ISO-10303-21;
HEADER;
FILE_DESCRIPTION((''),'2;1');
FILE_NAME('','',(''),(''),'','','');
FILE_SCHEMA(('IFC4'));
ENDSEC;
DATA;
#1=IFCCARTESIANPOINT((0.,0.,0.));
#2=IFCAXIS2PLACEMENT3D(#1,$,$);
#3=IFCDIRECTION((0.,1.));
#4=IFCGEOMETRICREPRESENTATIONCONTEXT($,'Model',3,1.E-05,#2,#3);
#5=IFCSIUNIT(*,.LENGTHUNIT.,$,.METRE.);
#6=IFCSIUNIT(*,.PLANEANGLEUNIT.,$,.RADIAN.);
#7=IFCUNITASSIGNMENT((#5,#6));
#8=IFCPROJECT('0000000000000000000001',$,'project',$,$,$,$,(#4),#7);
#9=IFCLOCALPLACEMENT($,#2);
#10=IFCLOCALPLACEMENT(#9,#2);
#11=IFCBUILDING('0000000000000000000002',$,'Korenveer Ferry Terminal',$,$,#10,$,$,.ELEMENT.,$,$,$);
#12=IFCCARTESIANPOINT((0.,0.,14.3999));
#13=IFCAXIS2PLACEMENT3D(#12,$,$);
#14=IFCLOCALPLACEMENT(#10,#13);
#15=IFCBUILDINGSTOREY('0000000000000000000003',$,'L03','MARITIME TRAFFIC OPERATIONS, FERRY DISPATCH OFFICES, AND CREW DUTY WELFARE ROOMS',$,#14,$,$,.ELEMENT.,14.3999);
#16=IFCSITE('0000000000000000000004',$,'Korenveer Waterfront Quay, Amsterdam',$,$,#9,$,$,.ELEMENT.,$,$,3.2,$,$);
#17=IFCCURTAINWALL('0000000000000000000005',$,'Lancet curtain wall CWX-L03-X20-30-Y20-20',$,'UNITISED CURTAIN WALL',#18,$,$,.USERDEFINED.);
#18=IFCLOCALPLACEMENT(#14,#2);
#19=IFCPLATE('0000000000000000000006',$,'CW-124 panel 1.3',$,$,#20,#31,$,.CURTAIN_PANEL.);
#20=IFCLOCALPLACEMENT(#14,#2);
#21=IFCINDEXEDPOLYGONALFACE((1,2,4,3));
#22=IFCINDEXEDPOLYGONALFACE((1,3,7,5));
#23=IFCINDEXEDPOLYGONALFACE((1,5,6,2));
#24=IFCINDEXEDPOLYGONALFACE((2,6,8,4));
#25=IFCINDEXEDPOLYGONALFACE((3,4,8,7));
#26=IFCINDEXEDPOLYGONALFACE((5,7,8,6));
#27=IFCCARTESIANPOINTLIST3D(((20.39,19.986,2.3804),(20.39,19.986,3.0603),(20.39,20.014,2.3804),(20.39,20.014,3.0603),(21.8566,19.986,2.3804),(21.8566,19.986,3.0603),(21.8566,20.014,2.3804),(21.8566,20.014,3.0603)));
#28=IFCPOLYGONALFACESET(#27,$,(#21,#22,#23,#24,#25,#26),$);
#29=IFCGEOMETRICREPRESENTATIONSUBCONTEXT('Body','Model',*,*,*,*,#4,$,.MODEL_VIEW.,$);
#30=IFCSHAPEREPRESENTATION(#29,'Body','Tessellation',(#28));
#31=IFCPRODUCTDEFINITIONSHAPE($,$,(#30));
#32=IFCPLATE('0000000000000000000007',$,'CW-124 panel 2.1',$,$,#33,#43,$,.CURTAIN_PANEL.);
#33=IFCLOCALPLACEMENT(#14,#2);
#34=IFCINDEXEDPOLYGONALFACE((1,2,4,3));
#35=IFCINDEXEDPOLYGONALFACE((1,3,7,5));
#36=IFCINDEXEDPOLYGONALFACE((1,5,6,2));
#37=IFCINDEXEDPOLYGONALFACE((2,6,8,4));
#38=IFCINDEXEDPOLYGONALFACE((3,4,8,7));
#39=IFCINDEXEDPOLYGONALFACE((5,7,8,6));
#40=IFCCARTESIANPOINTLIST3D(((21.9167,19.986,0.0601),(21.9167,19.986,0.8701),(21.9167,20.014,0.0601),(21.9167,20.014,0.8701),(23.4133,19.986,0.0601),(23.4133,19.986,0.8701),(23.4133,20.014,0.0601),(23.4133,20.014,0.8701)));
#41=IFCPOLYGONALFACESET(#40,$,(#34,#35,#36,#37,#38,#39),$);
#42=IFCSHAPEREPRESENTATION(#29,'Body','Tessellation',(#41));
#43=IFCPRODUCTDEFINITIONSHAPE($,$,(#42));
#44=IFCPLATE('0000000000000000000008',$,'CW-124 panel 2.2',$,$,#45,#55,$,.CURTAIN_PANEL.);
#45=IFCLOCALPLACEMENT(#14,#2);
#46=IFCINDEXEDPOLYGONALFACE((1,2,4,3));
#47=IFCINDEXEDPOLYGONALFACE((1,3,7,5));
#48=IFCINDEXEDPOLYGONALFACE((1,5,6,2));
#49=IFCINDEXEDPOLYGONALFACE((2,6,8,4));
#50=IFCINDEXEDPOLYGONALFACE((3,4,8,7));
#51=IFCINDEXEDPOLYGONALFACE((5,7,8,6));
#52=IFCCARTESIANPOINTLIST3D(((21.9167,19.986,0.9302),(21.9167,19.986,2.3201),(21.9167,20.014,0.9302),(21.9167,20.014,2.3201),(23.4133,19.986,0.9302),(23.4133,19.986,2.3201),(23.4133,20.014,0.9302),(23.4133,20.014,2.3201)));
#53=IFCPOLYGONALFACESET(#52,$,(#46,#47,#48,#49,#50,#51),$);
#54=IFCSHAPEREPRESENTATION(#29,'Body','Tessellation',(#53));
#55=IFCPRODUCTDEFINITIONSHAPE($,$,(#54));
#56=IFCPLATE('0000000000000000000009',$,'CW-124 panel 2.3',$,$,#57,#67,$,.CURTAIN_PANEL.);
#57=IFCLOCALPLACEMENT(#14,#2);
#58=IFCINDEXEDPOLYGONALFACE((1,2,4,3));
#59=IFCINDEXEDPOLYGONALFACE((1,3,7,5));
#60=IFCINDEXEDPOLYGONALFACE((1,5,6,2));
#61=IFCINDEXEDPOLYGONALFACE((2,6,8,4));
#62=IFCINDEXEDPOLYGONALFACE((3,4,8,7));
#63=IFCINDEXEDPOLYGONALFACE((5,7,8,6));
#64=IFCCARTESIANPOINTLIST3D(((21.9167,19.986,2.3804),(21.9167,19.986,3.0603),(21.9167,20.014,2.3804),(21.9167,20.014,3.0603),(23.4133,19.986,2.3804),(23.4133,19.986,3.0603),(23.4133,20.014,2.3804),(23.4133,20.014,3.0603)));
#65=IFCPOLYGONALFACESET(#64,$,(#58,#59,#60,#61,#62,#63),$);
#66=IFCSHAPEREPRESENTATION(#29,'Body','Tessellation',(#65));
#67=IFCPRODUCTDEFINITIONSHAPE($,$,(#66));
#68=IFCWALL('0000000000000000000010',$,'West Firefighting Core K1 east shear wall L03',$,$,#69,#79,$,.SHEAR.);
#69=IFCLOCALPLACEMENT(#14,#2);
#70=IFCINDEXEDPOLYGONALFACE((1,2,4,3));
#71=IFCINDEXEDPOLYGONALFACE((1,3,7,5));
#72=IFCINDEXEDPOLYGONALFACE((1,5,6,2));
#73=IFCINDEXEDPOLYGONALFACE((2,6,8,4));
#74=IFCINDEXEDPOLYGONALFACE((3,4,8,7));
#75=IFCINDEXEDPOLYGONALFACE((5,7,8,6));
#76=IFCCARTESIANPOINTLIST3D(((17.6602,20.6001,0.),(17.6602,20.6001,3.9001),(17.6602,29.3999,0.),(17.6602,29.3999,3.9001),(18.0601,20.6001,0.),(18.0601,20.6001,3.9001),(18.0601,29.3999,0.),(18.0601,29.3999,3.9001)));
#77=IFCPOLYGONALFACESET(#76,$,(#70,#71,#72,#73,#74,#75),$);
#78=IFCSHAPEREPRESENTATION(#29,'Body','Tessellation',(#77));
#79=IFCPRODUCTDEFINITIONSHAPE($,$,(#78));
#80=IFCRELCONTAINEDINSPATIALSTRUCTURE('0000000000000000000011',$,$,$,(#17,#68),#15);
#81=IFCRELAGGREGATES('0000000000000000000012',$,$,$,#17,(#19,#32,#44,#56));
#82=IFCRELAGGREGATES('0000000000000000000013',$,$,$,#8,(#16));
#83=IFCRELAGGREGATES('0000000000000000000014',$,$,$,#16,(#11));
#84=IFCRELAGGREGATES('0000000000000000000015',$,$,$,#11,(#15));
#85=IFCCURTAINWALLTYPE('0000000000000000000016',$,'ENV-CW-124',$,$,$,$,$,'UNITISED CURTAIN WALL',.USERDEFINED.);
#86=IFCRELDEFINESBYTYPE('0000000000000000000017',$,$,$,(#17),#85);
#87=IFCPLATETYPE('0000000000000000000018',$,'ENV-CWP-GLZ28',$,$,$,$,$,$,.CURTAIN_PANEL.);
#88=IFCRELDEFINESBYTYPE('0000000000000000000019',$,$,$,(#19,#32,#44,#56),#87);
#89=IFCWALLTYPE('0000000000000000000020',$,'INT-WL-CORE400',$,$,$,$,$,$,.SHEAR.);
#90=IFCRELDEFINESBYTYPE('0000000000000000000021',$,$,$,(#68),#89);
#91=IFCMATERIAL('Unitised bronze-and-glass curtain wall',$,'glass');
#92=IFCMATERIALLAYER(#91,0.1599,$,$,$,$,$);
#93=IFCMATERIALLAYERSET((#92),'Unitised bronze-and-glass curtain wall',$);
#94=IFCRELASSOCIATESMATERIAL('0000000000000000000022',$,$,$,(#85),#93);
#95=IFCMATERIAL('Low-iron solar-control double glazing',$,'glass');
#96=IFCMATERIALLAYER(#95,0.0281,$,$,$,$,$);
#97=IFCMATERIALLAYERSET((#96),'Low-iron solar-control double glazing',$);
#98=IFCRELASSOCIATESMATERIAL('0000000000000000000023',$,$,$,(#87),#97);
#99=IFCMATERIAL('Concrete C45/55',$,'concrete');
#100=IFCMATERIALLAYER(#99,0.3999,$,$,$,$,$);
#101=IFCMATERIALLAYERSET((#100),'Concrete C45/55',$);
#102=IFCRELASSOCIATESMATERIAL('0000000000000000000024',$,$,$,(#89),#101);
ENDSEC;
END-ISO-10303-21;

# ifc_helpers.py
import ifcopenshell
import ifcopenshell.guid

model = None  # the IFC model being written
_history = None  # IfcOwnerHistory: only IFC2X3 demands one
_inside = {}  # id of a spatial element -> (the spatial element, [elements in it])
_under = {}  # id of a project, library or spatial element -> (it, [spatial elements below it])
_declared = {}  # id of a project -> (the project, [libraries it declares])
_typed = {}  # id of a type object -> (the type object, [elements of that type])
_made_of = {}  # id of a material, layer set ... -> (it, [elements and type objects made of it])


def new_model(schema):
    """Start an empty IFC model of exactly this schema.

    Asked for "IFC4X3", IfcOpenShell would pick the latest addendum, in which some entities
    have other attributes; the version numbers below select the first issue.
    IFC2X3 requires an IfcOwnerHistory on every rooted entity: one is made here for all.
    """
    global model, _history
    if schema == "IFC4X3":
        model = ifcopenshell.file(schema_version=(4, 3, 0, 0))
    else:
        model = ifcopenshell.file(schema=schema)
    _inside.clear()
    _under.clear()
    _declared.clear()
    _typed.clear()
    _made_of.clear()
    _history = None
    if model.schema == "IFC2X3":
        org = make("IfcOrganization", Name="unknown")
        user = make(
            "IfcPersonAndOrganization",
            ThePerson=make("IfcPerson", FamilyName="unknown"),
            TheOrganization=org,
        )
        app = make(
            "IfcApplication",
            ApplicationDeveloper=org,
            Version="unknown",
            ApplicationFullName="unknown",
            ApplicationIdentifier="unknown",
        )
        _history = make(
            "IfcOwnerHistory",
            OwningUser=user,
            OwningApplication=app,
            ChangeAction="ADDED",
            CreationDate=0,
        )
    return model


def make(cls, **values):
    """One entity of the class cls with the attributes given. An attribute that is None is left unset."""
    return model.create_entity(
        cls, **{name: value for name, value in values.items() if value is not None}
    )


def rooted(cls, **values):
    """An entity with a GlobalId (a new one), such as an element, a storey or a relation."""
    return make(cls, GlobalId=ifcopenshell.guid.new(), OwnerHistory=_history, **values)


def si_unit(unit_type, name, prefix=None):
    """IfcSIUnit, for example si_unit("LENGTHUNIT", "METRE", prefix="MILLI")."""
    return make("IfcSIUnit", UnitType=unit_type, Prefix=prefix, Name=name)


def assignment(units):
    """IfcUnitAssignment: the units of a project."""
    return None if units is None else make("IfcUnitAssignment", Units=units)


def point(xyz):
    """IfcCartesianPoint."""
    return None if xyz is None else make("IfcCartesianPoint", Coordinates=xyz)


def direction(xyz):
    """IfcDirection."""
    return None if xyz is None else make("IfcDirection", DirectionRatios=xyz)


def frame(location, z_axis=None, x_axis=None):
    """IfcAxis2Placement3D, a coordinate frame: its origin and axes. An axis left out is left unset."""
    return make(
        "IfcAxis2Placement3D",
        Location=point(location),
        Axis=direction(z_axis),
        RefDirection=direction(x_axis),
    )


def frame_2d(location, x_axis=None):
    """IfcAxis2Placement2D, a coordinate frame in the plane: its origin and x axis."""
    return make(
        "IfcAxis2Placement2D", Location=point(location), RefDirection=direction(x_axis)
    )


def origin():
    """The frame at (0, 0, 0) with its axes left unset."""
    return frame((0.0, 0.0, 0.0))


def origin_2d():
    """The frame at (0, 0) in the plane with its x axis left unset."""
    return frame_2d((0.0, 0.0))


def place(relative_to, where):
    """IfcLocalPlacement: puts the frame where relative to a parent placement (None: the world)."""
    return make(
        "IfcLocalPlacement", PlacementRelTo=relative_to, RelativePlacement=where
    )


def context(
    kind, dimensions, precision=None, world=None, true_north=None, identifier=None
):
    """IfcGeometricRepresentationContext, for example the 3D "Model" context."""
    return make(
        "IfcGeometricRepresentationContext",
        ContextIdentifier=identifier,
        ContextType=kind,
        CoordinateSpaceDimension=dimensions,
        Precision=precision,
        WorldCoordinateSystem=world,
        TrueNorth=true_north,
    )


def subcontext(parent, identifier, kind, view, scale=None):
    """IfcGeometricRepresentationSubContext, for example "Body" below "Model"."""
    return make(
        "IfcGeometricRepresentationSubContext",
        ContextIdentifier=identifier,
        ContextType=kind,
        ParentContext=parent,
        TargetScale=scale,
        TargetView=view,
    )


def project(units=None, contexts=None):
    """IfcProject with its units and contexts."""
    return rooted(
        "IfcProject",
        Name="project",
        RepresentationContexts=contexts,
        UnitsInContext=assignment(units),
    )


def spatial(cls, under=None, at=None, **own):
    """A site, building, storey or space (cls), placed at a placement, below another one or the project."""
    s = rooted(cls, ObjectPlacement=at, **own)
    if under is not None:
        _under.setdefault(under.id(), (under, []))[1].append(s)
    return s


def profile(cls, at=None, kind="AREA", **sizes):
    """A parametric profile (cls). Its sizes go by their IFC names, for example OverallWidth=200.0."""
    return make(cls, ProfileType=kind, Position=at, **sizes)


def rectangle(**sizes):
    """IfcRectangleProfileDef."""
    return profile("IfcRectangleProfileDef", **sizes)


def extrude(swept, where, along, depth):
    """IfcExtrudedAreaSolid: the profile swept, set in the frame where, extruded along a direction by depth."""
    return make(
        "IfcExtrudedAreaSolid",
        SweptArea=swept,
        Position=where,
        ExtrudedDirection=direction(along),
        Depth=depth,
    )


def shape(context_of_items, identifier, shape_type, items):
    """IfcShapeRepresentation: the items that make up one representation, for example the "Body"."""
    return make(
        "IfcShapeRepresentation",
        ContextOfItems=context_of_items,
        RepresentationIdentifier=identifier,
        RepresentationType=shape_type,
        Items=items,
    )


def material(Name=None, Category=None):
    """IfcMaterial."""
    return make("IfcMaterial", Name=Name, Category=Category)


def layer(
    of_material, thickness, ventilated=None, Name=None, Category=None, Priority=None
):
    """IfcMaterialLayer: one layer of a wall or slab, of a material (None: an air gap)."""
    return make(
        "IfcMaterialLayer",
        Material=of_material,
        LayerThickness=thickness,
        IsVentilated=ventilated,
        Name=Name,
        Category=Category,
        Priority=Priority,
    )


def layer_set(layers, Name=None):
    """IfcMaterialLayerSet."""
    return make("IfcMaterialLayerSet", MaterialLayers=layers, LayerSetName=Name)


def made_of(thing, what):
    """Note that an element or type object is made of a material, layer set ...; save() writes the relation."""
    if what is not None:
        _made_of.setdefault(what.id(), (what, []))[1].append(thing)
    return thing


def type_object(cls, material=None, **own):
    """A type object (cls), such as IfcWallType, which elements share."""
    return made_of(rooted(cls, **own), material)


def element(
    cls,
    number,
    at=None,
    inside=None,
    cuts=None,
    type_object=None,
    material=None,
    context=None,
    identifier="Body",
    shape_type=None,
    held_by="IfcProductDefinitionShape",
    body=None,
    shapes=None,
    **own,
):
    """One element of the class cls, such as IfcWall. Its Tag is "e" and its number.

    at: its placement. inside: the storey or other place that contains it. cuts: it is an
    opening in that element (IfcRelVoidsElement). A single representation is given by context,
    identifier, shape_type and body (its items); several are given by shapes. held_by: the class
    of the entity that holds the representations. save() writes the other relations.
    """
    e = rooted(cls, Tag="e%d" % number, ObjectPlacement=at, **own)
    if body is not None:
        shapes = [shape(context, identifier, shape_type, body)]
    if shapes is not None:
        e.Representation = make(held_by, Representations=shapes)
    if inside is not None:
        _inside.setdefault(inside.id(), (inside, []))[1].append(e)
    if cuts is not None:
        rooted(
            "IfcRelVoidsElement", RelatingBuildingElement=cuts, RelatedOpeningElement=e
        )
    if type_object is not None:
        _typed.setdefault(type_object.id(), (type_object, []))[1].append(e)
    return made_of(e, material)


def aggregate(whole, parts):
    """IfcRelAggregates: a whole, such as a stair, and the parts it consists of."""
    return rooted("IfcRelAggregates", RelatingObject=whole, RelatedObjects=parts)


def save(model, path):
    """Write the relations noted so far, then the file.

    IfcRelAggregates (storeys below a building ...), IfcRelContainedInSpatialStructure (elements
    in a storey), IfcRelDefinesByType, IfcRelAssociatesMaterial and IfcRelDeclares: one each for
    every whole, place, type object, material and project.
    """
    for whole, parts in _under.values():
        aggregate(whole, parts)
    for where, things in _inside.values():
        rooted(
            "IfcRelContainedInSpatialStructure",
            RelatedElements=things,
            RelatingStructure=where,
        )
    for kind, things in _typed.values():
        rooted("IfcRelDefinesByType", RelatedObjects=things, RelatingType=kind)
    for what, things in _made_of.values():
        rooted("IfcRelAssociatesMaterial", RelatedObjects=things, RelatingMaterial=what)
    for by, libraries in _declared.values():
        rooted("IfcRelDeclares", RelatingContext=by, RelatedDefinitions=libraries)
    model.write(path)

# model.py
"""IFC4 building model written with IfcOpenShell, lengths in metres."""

from ifc_helpers import new_model, si_unit, direction, frame, frame_2d, origin, origin_2d, place, context, subcontext, project, spatial, rectangle, extrude, material, layer, layer_set, type_object, element, aggregate, save


model = new_model("IFC4")

# Units and contexts
model_context = context("Model", 3, precision=1e-05, world=origin(), true_north=direction((0.0, 1.0)))
body_context = subcontext(model_context, "Body", "Model", "MODEL_VIEW")
ifc_project = project(units=[si_unit("LENGTHUNIT", "METRE"), si_unit("PLANEANGLEUNIT", "RADIAN")], contexts=[model_context])

# Site, building, storey
site_placement = place(None, origin())
site = spatial("IfcSite", under=ifc_project, at=site_placement, Name="Korenveer Waterfront Quay, Amsterdam", CompositionType="ELEMENT", RefElevation=3.2)
building_placement = place(site_placement, origin())
building = spatial("IfcBuilding", under=site, at=building_placement, Name="Korenveer Ferry Terminal", CompositionType="ELEMENT")
storey_placement = place(building_placement, frame((0.0, 0.0, 14.3999)))
storey = spatial("IfcBuildingStorey", under=building, at=storey_placement, Name="L03", Description="MARITIME TRAFFIC OPERATIONS, FERRY DISPATCH OFFICES, AND CREW DUTY WELFARE ROOMS", CompositionType="ELEMENT", Elevation=14.3999)

# Shared definitions
ifc_material_1 = material(Name="Concrete C45/55", Category="concrete")

# Curtain wall
ifc_material_2 = material(Name="Unitised bronze-and-glass curtain wall", Category="glass")
ifc_layer_1 = layer(ifc_material_2, 0.1599)
ifc_layer_set_1 = layer_set([ifc_layer_1], Name="Unitised bronze-and-glass curtain wall")
curtain_wall_type_1 = type_object("IfcCurtainWallType", Name="ENV-CW-124", ElementType="UNITISED CURTAIN WALL", PredefinedType="USERDEFINED", material=ifc_layer_set_1)
curtain_wall_1_placement = place(storey_placement, frame((20.3301, 20.0, 0.0)))
curtain_wall_1 = element("IfcCurtainWall", 1, at=curtain_wall_1_placement, inside=storey, type_object=curtain_wall_type_1, Name="Lancet curtain wall CWX-L03-X20-30-Y20-20", ObjectType="UNITISED CURTAIN WALL", PredefinedType="USERDEFINED")

# Plates
ifc_material_3 = material(Name="Low-iron solar-control double glazing", Category="glass")
ifc_layer_2 = layer(ifc_material_3, 0.0281)
ifc_layer_set_2 = layer_set([ifc_layer_2], Name="Low-iron solar-control double glazing")
plate_type = type_object("IfcPlateType", Name="ENV-CWP-GLZ28", PredefinedType="CURTAIN_PANEL", material=ifc_layer_set_2)
plate_1_placement = place(storey_placement, frame((21.1233, 20.0, 2.3804), z_axis=(0.0, 0.0, 1.0), x_axis=(1.0, 0.0, 0.0)))
plate_1 = element("IfcPlate", 2, at=plate_1_placement, type_object=plate_type, Name="CW-124 panel 1.3", PredefinedType="CURTAIN_PANEL", context=body_context, shape_type="SweptSolid", body=[
    extrude(rectangle(XDim=1.4666, YDim=0.0281, at=origin_2d()), origin(), (0.0, 0.0, 1.0), 0.6799),
])
plate_2_placement = place(storey_placement, frame((22.665, 20.0, 0.0601), z_axis=(0.0, 0.0, 1.0), x_axis=(1.0, 0.0, 0.0)))
plate_2 = element("IfcPlate", 3, at=plate_2_placement, type_object=plate_type, Name="CW-124 panel 2.1", PredefinedType="CURTAIN_PANEL", context=body_context, shape_type="SweptSolid", body=[
    extrude(rectangle(XDim=1.4966, YDim=0.0281, at=origin_2d()), origin(), (0.0, 0.0, 1.0), 0.8101),
])
plate_3_placement = place(storey_placement, frame((22.665, 20.0, 0.9302), z_axis=(0.0, 0.0, 1.0), x_axis=(1.0, 0.0, 0.0)))
plate_3 = element("IfcPlate", 4, at=plate_3_placement, type_object=plate_type, Name="CW-124 panel 2.2", PredefinedType="CURTAIN_PANEL", context=body_context, shape_type="SweptSolid", body=[
    extrude(rectangle(XDim=1.4966, YDim=0.0281, at=origin_2d()), origin(), (0.0, 0.0, 1.0), 1.3899),
])
plate_4_placement = place(storey_placement, frame((22.665, 20.0, 2.3804), z_axis=(0.0, 0.0, 1.0), x_axis=(1.0, 0.0, 0.0)))
plate_4 = element("IfcPlate", 5, at=plate_4_placement, type_object=plate_type, Name="CW-124 panel 2.3", PredefinedType="CURTAIN_PANEL", context=body_context, shape_type="SweptSolid", body=[
    extrude(rectangle(XDim=1.4966, YDim=0.0281, at=origin_2d()), origin(), (0.0, 0.0, 1.0), 0.6799),
])
aggregate(curtain_wall_1, [plate_1, plate_2, plate_3, plate_4])

# Wall
ifc_layer_3 = layer(ifc_material_1, 0.3999)
ifc_layer_set_3 = layer_set([ifc_layer_3], Name="Concrete C45/55")
wall_type = type_object("IfcWallType", Name="INT-WL-CORE400", PredefinedType="SHEAR", material=ifc_layer_set_3)
wall_placement = place(storey_placement, frame((17.8601, 20.6001, 0.0), z_axis=(0.0, 0.0, 1.0), x_axis=(0.0, 1.0, 0.0)))
element("IfcWall", 6, at=wall_placement, inside=storey, type_object=wall_type, Name="West Firefighting Core K1 east shear wall L03", PredefinedType="SHEAR", context=body_context, shape_type="SweptSolid", body=[
    extrude(rectangle(XDim=8.7998, YDim=0.3999, at=frame_2d((4.3999, 0.0))), origin(), (0.0, 0.0, 1.0), 3.9001),
])

save(model, "model.ifc")
